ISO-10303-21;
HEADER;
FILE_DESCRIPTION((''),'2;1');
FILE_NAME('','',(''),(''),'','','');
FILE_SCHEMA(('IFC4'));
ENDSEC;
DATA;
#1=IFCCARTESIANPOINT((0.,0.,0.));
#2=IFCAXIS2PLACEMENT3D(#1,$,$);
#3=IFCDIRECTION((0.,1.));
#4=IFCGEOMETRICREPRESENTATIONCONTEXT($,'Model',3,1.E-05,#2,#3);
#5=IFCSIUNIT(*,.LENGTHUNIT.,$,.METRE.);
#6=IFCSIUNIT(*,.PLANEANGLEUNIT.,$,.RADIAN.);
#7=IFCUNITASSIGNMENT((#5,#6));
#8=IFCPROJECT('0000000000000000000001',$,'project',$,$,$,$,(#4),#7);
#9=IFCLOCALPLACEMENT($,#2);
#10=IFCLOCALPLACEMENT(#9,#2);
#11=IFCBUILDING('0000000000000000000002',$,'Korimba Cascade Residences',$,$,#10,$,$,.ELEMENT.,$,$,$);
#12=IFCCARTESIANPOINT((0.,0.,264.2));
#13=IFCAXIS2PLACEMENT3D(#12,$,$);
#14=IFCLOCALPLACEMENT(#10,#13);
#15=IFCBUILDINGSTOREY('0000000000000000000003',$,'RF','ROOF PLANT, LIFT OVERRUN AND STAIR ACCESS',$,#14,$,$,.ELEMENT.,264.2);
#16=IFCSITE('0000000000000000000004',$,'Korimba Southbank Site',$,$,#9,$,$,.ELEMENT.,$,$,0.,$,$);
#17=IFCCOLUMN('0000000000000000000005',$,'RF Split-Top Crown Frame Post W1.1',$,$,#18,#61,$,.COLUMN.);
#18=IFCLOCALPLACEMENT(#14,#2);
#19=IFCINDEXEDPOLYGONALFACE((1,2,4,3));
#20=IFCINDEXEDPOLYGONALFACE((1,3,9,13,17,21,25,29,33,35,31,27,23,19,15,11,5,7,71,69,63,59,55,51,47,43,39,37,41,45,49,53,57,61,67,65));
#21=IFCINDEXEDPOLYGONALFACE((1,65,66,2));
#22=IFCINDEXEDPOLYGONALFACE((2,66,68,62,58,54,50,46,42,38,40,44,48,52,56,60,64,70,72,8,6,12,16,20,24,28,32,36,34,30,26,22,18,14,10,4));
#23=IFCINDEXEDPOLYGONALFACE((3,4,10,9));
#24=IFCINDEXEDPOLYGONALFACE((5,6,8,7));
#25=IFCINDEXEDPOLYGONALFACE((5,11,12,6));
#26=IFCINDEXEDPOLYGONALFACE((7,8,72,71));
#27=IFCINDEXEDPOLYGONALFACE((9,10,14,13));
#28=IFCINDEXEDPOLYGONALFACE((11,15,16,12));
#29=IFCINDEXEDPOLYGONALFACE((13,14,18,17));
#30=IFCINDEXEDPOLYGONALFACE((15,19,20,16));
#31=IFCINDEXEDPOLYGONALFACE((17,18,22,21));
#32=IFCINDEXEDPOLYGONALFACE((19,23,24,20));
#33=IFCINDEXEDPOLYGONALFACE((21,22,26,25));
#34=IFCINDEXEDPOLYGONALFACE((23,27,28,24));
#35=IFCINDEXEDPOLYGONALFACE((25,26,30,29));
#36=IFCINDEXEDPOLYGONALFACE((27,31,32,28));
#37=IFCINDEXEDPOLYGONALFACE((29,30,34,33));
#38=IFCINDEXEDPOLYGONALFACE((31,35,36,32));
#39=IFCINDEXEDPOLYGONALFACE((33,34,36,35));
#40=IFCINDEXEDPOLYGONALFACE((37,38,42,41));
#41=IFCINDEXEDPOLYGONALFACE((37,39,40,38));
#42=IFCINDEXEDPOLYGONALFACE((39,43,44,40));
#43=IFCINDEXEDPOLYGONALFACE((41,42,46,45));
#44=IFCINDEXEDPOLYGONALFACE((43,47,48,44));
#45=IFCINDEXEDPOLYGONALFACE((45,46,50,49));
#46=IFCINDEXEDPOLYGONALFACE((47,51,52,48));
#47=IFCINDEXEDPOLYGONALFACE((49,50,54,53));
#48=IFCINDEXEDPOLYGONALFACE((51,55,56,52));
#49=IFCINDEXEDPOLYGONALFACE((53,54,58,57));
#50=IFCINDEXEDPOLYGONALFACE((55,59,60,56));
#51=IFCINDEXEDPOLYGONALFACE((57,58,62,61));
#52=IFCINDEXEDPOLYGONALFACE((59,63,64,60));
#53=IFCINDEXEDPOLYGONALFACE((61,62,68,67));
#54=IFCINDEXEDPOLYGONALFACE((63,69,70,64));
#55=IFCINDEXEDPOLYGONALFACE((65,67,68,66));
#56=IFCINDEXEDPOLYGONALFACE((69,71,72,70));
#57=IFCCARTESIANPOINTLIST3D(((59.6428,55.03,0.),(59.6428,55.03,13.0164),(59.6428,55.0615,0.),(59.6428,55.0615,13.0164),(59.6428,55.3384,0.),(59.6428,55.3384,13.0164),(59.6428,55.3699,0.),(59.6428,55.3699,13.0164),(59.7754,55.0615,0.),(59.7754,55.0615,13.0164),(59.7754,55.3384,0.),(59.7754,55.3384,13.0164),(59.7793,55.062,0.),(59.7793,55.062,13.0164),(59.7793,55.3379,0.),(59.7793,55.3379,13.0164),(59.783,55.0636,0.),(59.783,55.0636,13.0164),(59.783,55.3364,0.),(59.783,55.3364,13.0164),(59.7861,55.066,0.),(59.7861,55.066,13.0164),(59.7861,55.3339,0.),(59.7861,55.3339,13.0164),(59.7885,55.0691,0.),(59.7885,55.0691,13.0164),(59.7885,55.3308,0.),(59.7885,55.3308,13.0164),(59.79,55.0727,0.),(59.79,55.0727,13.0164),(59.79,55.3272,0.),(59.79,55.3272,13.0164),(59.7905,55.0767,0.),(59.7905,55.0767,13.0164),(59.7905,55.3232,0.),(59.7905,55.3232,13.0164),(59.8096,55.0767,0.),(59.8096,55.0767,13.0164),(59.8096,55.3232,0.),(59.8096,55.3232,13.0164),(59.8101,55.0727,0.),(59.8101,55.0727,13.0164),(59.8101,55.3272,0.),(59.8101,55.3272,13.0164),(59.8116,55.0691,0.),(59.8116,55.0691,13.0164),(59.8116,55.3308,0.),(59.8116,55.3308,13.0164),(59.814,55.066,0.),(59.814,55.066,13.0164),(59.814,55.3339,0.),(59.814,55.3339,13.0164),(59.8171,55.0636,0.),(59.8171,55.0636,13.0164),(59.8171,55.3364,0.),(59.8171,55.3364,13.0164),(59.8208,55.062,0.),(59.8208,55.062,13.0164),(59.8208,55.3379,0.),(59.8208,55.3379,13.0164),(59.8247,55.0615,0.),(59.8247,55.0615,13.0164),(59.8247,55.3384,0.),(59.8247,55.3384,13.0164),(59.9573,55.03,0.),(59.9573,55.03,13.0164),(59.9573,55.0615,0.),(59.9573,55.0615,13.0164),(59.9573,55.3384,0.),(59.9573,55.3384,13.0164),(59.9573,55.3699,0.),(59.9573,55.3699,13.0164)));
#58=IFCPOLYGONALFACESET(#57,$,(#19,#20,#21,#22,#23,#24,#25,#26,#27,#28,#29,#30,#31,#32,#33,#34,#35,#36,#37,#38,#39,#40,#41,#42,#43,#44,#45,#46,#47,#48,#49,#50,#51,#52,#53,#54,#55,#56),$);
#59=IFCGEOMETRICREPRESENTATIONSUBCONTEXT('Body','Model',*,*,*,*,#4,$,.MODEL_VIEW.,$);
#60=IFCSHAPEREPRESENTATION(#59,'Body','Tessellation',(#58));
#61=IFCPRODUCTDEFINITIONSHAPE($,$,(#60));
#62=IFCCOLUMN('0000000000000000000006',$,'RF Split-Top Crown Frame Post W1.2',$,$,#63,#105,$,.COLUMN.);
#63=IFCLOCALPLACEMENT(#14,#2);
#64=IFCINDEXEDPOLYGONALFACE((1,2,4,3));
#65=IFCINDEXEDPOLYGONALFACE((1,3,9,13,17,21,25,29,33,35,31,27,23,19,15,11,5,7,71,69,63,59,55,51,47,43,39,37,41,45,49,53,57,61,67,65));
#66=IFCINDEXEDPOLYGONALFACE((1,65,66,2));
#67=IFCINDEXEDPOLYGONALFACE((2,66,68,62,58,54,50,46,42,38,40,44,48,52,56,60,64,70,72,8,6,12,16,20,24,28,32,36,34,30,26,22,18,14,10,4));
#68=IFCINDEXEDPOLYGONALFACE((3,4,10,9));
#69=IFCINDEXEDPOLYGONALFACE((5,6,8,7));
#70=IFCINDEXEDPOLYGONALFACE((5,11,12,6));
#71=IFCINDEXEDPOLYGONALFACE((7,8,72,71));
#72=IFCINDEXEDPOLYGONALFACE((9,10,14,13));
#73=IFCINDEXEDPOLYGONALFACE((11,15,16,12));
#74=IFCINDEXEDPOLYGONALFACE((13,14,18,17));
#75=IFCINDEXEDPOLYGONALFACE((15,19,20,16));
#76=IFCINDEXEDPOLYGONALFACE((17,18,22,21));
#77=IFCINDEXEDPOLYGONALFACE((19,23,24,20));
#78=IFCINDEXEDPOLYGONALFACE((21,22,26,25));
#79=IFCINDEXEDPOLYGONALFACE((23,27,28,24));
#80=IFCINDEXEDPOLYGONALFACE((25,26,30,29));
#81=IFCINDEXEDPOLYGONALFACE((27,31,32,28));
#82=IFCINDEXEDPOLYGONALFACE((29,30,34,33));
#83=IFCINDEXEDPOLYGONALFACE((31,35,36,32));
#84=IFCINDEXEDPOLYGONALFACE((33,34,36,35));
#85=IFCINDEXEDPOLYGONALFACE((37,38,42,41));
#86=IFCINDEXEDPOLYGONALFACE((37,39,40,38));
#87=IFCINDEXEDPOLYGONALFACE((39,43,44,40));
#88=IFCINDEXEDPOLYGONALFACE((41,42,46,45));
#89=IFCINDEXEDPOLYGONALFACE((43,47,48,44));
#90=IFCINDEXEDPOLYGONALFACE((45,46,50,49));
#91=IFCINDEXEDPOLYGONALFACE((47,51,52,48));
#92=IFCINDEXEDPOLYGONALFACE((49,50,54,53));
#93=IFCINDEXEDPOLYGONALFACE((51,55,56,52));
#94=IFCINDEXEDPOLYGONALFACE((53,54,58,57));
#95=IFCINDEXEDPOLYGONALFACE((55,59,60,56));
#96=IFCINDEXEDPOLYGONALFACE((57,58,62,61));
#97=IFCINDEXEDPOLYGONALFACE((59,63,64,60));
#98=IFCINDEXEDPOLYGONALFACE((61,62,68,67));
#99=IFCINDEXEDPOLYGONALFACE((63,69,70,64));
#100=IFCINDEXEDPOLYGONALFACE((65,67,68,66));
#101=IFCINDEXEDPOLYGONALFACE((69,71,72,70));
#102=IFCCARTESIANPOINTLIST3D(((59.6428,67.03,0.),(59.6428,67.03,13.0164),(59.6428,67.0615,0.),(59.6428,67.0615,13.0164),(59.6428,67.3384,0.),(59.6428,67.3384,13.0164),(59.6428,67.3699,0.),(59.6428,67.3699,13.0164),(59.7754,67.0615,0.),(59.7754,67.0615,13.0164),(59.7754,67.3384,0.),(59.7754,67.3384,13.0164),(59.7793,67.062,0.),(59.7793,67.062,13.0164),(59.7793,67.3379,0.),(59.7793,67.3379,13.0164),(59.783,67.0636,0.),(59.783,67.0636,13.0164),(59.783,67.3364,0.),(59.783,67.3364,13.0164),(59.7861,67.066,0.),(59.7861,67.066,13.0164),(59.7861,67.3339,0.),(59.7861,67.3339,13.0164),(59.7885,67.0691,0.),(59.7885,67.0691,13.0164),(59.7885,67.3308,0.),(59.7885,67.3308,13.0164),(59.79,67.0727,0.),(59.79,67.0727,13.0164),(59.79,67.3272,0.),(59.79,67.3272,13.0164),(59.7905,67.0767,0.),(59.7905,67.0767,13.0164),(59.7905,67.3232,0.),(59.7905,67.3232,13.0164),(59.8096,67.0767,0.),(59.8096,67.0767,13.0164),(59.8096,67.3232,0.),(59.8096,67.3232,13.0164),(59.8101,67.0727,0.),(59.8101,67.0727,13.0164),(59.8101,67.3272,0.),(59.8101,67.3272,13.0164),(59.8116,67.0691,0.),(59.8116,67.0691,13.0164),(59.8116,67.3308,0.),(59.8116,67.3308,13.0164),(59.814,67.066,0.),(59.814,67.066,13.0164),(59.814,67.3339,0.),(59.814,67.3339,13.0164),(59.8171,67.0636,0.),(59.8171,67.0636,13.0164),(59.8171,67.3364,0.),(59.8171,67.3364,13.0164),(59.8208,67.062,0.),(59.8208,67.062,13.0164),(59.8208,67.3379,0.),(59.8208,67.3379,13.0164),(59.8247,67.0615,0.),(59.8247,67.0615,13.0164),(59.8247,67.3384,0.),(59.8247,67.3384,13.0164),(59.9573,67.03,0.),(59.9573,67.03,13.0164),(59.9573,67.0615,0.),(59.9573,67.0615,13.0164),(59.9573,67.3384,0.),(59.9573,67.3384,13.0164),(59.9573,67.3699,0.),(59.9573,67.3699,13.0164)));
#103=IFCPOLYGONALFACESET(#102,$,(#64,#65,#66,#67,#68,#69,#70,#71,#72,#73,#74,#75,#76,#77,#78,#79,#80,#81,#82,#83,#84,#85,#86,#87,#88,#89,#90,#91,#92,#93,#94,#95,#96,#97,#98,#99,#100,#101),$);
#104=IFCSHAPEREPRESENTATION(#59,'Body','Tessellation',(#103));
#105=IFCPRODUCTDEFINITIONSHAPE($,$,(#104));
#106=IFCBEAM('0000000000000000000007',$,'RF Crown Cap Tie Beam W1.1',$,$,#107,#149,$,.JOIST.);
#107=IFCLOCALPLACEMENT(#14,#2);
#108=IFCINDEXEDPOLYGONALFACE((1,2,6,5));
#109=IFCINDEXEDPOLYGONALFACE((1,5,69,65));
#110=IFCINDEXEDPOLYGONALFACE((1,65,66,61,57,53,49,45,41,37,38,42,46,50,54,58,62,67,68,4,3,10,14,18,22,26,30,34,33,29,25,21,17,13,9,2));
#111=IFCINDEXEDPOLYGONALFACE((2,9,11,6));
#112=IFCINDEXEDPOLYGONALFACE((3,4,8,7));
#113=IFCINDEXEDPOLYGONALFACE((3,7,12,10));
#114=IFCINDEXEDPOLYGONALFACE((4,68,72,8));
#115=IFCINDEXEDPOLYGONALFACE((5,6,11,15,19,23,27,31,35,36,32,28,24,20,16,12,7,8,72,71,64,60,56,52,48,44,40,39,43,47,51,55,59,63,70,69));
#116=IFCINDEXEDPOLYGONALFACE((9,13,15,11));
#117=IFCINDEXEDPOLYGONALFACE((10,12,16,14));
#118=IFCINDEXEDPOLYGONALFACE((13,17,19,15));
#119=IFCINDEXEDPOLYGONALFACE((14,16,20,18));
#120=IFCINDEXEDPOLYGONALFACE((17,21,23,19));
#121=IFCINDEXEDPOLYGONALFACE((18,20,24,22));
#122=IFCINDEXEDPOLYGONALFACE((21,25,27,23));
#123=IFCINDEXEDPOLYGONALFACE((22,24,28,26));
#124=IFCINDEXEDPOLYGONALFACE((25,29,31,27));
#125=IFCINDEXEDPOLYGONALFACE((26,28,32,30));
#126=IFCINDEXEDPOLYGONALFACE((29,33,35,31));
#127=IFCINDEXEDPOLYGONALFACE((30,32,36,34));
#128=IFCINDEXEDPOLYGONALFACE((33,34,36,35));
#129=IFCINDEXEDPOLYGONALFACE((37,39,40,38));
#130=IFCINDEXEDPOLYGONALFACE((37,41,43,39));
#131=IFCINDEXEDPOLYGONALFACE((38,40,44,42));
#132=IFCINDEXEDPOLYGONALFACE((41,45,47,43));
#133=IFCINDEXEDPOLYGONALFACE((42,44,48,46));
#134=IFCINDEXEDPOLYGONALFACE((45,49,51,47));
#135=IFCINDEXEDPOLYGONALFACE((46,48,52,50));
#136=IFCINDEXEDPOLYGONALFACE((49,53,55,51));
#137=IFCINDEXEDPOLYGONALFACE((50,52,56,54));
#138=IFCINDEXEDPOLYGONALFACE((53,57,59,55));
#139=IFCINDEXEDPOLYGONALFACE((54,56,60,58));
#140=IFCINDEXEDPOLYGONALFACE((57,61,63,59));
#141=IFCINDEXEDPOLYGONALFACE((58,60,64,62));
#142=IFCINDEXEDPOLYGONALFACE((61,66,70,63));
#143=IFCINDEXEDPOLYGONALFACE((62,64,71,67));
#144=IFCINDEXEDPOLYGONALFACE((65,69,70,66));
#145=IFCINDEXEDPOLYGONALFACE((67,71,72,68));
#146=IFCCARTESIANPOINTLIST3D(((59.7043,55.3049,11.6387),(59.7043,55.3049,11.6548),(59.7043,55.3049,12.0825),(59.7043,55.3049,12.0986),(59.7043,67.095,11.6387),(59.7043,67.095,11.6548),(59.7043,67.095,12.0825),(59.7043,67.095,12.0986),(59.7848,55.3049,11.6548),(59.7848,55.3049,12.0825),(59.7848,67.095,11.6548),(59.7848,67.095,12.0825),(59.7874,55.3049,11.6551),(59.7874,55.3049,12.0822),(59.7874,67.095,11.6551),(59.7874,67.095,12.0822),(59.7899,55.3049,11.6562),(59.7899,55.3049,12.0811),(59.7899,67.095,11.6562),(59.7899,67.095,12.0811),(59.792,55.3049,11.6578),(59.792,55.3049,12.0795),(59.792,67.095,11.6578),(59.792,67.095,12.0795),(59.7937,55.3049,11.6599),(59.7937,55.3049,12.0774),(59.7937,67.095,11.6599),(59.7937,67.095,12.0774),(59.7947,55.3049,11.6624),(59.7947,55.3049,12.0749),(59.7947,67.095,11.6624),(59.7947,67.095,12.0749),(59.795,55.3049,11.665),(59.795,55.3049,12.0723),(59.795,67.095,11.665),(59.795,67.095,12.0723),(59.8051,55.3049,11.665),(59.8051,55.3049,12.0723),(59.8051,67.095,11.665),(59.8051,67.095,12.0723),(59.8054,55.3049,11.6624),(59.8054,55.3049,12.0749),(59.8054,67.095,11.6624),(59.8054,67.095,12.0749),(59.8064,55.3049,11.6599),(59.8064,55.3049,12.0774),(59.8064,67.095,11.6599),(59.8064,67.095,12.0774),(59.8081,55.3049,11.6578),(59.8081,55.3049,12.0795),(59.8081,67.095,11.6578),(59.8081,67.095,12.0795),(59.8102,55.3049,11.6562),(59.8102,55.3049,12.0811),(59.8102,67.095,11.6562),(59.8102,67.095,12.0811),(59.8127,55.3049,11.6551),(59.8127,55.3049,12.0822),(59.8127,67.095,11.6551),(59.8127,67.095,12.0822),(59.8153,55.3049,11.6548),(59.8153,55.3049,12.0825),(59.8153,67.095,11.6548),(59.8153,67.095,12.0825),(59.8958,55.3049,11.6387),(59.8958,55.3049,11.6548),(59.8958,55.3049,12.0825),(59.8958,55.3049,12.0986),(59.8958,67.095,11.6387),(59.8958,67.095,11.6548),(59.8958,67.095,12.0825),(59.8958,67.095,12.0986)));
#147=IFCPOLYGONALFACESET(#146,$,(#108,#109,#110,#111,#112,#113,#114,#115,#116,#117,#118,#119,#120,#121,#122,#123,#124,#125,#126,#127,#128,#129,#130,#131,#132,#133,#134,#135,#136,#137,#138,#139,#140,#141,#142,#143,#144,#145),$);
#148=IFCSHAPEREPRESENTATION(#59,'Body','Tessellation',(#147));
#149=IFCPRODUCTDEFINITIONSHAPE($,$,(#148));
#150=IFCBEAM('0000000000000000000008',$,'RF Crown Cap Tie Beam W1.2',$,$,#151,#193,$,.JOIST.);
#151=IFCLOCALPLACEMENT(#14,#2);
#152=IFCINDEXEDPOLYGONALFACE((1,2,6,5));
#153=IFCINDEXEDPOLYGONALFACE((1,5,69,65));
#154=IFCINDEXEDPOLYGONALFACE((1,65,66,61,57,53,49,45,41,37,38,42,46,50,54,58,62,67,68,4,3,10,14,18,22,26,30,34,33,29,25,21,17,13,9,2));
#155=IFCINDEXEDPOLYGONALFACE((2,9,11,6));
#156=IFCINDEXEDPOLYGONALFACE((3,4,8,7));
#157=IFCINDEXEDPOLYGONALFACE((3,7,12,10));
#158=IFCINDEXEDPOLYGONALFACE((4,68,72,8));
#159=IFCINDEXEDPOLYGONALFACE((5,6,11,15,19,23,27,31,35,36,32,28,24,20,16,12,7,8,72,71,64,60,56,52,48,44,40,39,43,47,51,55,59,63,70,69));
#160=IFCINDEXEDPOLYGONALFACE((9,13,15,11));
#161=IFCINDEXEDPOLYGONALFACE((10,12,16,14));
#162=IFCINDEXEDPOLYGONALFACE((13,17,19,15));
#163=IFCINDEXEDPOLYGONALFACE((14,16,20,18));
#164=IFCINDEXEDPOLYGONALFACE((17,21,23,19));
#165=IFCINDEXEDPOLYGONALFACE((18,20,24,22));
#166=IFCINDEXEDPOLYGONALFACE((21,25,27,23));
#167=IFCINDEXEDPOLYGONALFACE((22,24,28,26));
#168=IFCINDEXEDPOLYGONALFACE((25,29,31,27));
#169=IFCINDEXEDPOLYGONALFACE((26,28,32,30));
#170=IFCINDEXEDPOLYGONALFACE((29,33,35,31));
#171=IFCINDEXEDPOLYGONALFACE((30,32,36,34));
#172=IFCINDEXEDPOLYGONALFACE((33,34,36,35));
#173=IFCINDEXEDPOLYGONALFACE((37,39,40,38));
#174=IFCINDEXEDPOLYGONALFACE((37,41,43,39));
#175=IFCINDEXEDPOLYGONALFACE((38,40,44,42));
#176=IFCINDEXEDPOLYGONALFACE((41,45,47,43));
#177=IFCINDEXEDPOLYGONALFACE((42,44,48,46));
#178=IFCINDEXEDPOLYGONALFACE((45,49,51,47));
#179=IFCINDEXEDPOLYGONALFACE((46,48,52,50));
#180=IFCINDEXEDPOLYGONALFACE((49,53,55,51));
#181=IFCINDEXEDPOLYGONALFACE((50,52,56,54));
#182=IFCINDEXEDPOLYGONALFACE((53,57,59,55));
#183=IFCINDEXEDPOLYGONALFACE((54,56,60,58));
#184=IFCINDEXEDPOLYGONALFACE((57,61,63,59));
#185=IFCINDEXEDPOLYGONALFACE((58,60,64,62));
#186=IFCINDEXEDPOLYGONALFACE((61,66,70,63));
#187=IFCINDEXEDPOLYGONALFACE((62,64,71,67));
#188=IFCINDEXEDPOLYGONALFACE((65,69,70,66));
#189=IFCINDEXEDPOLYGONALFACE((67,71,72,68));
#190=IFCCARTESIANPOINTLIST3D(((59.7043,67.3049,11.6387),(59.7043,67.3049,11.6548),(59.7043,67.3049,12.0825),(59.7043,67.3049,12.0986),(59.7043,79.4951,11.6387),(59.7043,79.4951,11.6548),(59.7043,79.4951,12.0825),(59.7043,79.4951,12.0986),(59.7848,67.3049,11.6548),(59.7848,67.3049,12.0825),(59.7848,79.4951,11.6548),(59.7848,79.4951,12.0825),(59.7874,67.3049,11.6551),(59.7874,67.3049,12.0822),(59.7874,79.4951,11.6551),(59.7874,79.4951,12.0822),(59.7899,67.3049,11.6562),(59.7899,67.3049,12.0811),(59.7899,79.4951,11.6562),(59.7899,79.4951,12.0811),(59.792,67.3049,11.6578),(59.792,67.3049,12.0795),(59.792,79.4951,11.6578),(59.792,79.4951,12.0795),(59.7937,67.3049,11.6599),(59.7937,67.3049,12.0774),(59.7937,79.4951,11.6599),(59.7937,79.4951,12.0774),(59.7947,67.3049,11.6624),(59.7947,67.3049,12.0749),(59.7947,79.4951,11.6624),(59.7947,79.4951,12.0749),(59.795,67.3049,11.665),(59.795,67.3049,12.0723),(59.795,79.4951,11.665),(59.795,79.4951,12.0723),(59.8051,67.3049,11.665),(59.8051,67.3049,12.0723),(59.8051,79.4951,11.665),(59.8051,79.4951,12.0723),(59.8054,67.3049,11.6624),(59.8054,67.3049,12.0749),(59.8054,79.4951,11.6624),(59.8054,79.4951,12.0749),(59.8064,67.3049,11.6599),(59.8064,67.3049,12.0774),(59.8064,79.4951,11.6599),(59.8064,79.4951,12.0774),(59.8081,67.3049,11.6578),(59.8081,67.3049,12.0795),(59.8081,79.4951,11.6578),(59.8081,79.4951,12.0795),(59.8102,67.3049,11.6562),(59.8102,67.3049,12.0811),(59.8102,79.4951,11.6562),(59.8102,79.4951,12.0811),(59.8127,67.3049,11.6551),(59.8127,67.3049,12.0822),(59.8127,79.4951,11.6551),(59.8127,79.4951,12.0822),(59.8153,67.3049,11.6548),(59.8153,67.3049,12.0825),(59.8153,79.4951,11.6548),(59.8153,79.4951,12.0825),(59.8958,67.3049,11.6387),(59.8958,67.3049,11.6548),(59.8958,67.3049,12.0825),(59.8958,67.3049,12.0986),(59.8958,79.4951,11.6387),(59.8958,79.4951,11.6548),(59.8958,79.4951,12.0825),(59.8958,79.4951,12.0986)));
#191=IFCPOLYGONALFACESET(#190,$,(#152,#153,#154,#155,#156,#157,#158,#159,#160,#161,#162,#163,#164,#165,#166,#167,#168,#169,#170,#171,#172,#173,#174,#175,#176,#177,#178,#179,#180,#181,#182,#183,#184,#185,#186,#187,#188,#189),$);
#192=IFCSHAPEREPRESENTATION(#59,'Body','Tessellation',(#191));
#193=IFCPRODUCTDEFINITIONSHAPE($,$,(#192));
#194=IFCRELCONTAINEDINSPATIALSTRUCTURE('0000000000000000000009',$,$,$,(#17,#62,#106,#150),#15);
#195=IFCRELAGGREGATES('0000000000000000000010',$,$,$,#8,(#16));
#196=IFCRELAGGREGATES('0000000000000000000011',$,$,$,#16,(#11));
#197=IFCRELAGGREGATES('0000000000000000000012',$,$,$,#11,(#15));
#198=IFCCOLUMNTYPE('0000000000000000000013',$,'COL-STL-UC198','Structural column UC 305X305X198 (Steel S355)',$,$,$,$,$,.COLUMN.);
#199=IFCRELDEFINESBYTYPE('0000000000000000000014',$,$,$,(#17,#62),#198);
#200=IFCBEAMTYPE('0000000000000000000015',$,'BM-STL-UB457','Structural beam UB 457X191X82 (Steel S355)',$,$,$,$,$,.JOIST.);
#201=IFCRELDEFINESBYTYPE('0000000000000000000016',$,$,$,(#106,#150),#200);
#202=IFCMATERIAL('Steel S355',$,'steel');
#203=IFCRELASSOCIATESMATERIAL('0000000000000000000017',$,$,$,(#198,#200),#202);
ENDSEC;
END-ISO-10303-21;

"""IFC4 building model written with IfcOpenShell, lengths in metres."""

from ifc_helpers import new_model, si_unit, direction, frame, origin, origin_2d, place, context, subcontext, project, spatial, i_section, extrude, material, material_profile, profile_set, type_object, element, save


model = new_model("IFC4")

# Units and contexts
model_context = context("Model", 3, precision=1e-05, world=origin(), true_north=direction((0.0, 1.0)))
body_context = subcontext(model_context, "Body", "Model", "MODEL_VIEW")
ifc_project = project(units=[si_unit("LENGTHUNIT", "METRE"), si_unit("PLANEANGLEUNIT", "RADIAN")], contexts=[model_context])

# Site, building, storey
site_placement = place(None, origin())
site = spatial("IfcSite", under=ifc_project, at=site_placement, Name="Korimba Southbank Site", CompositionType="ELEMENT", RefElevation=0.0)
building_placement = place(site_placement, origin())
building = spatial("IfcBuilding", under=site, at=building_placement, Name="Korimba Cascade Residences", CompositionType="ELEMENT")
storey_placement = place(building_placement, frame((0.0, 0.0, 264.2)))
storey = spatial("IfcBuildingStorey", under=building, at=storey_placement, Name="RF", Description="ROOF PLANT, LIFT OVERRUN AND STAIR ACCESS", CompositionType="ELEMENT", Elevation=264.2)

# Columns
ifc_material_1 = material(Name="Steel S355", Category="steel")
ifc_material_profile_1 = material_profile(ifc_material_1, i_section(OverallWidth=0.3145, OverallDepth=0.3398, WebThickness=0.019, FlangeThickness=0.0315, FilletRadius=0.0151, at=origin_2d()), Name="Steel S355")
ifc_profile_set_1 = profile_set([ifc_material_profile_1], Name="Steel S355")
column_type = type_object("IfcColumnType", Name="COL-STL-UC198", Description="Structural column UC 305X305X198 (Steel S355)", PredefinedType="COLUMN", material=ifc_profile_set_1)
for number, where, z_axis, x_axis, name in (
    (1, (59.8, 55.2, 0.0), (0.0, 0.0, 1.0), (1.0, 0.0, 0.0), "RF Split-Top Crown Frame Post W1.1"),
    (2, (59.8, 67.2, 0.0), (0.0, 0.0, 1.0), (1.0, 0.0, 0.0), "RF Split-Top Crown Frame Post W1.2"),
):
    element("IfcColumn", number, at=place(storey_placement, frame(where, z_axis=z_axis, x_axis=x_axis)), inside=storey, type_object=column_type, Name=name, PredefinedType="COLUMN", context=body_context, shape_type="SweptSolid", body=[
        extrude(i_section(OverallWidth=0.3145, OverallDepth=0.3398, WebThickness=0.019, FlangeThickness=0.0315, FilletRadius=0.0151, at=origin_2d()), origin(), (0.0, 0.0, 1.0), 13.0164),
    ])

# Beams
ifc_material_profile_2 = material_profile(ifc_material_1, i_section(OverallWidth=0.1914, OverallDepth=0.46, WebThickness=0.01, FlangeThickness=0.0161, FilletRadius=0.0103, at=origin_2d()), Name="Steel S355")
ifc_profile_set_2 = profile_set([ifc_material_profile_2], Name="Steel S355")
beam_type = type_object("IfcBeamType", Name="BM-STL-UB457", Description="Structural beam UB 457X191X82 (Steel S355)", PredefinedType="JOIST", material=ifc_profile_set_2)
beam_1_placement = place(storey_placement, frame((59.8, 55.3049, 11.8687), z_axis=(0.0, 1.0, 0.0), x_axis=(-1.0, 0.0, 0.0)))
element("IfcBeam", 3, at=beam_1_placement, inside=storey, type_object=beam_type, Name="RF Crown Cap Tie Beam W1.1", PredefinedType="JOIST", context=body_context, shape_type="SweptSolid", body=[
    extrude(i_section(OverallWidth=0.1914, OverallDepth=0.46, WebThickness=0.01, FlangeThickness=0.0161, FilletRadius=0.0103, at=origin_2d()), origin(), (0.0, 0.0, 1.0), 11.79),
])
beam_2_placement = place(storey_placement, frame((59.8, 67.3049, 11.8687), z_axis=(0.0, 1.0, 0.0), x_axis=(-1.0, 0.0, 0.0)))
element("IfcBeam", 4, at=beam_2_placement, inside=storey, type_object=beam_type, Name="RF Crown Cap Tie Beam W1.2", PredefinedType="JOIST", context=body_context, shape_type="SweptSolid", body=[
    extrude(i_section(OverallWidth=0.1914, OverallDepth=0.46, WebThickness=0.01, FlangeThickness=0.0161, FilletRadius=0.0103, at=origin_2d()), origin(), (0.0, 0.0, 1.0), 12.1902),
])

save(model, "model.ifc")
